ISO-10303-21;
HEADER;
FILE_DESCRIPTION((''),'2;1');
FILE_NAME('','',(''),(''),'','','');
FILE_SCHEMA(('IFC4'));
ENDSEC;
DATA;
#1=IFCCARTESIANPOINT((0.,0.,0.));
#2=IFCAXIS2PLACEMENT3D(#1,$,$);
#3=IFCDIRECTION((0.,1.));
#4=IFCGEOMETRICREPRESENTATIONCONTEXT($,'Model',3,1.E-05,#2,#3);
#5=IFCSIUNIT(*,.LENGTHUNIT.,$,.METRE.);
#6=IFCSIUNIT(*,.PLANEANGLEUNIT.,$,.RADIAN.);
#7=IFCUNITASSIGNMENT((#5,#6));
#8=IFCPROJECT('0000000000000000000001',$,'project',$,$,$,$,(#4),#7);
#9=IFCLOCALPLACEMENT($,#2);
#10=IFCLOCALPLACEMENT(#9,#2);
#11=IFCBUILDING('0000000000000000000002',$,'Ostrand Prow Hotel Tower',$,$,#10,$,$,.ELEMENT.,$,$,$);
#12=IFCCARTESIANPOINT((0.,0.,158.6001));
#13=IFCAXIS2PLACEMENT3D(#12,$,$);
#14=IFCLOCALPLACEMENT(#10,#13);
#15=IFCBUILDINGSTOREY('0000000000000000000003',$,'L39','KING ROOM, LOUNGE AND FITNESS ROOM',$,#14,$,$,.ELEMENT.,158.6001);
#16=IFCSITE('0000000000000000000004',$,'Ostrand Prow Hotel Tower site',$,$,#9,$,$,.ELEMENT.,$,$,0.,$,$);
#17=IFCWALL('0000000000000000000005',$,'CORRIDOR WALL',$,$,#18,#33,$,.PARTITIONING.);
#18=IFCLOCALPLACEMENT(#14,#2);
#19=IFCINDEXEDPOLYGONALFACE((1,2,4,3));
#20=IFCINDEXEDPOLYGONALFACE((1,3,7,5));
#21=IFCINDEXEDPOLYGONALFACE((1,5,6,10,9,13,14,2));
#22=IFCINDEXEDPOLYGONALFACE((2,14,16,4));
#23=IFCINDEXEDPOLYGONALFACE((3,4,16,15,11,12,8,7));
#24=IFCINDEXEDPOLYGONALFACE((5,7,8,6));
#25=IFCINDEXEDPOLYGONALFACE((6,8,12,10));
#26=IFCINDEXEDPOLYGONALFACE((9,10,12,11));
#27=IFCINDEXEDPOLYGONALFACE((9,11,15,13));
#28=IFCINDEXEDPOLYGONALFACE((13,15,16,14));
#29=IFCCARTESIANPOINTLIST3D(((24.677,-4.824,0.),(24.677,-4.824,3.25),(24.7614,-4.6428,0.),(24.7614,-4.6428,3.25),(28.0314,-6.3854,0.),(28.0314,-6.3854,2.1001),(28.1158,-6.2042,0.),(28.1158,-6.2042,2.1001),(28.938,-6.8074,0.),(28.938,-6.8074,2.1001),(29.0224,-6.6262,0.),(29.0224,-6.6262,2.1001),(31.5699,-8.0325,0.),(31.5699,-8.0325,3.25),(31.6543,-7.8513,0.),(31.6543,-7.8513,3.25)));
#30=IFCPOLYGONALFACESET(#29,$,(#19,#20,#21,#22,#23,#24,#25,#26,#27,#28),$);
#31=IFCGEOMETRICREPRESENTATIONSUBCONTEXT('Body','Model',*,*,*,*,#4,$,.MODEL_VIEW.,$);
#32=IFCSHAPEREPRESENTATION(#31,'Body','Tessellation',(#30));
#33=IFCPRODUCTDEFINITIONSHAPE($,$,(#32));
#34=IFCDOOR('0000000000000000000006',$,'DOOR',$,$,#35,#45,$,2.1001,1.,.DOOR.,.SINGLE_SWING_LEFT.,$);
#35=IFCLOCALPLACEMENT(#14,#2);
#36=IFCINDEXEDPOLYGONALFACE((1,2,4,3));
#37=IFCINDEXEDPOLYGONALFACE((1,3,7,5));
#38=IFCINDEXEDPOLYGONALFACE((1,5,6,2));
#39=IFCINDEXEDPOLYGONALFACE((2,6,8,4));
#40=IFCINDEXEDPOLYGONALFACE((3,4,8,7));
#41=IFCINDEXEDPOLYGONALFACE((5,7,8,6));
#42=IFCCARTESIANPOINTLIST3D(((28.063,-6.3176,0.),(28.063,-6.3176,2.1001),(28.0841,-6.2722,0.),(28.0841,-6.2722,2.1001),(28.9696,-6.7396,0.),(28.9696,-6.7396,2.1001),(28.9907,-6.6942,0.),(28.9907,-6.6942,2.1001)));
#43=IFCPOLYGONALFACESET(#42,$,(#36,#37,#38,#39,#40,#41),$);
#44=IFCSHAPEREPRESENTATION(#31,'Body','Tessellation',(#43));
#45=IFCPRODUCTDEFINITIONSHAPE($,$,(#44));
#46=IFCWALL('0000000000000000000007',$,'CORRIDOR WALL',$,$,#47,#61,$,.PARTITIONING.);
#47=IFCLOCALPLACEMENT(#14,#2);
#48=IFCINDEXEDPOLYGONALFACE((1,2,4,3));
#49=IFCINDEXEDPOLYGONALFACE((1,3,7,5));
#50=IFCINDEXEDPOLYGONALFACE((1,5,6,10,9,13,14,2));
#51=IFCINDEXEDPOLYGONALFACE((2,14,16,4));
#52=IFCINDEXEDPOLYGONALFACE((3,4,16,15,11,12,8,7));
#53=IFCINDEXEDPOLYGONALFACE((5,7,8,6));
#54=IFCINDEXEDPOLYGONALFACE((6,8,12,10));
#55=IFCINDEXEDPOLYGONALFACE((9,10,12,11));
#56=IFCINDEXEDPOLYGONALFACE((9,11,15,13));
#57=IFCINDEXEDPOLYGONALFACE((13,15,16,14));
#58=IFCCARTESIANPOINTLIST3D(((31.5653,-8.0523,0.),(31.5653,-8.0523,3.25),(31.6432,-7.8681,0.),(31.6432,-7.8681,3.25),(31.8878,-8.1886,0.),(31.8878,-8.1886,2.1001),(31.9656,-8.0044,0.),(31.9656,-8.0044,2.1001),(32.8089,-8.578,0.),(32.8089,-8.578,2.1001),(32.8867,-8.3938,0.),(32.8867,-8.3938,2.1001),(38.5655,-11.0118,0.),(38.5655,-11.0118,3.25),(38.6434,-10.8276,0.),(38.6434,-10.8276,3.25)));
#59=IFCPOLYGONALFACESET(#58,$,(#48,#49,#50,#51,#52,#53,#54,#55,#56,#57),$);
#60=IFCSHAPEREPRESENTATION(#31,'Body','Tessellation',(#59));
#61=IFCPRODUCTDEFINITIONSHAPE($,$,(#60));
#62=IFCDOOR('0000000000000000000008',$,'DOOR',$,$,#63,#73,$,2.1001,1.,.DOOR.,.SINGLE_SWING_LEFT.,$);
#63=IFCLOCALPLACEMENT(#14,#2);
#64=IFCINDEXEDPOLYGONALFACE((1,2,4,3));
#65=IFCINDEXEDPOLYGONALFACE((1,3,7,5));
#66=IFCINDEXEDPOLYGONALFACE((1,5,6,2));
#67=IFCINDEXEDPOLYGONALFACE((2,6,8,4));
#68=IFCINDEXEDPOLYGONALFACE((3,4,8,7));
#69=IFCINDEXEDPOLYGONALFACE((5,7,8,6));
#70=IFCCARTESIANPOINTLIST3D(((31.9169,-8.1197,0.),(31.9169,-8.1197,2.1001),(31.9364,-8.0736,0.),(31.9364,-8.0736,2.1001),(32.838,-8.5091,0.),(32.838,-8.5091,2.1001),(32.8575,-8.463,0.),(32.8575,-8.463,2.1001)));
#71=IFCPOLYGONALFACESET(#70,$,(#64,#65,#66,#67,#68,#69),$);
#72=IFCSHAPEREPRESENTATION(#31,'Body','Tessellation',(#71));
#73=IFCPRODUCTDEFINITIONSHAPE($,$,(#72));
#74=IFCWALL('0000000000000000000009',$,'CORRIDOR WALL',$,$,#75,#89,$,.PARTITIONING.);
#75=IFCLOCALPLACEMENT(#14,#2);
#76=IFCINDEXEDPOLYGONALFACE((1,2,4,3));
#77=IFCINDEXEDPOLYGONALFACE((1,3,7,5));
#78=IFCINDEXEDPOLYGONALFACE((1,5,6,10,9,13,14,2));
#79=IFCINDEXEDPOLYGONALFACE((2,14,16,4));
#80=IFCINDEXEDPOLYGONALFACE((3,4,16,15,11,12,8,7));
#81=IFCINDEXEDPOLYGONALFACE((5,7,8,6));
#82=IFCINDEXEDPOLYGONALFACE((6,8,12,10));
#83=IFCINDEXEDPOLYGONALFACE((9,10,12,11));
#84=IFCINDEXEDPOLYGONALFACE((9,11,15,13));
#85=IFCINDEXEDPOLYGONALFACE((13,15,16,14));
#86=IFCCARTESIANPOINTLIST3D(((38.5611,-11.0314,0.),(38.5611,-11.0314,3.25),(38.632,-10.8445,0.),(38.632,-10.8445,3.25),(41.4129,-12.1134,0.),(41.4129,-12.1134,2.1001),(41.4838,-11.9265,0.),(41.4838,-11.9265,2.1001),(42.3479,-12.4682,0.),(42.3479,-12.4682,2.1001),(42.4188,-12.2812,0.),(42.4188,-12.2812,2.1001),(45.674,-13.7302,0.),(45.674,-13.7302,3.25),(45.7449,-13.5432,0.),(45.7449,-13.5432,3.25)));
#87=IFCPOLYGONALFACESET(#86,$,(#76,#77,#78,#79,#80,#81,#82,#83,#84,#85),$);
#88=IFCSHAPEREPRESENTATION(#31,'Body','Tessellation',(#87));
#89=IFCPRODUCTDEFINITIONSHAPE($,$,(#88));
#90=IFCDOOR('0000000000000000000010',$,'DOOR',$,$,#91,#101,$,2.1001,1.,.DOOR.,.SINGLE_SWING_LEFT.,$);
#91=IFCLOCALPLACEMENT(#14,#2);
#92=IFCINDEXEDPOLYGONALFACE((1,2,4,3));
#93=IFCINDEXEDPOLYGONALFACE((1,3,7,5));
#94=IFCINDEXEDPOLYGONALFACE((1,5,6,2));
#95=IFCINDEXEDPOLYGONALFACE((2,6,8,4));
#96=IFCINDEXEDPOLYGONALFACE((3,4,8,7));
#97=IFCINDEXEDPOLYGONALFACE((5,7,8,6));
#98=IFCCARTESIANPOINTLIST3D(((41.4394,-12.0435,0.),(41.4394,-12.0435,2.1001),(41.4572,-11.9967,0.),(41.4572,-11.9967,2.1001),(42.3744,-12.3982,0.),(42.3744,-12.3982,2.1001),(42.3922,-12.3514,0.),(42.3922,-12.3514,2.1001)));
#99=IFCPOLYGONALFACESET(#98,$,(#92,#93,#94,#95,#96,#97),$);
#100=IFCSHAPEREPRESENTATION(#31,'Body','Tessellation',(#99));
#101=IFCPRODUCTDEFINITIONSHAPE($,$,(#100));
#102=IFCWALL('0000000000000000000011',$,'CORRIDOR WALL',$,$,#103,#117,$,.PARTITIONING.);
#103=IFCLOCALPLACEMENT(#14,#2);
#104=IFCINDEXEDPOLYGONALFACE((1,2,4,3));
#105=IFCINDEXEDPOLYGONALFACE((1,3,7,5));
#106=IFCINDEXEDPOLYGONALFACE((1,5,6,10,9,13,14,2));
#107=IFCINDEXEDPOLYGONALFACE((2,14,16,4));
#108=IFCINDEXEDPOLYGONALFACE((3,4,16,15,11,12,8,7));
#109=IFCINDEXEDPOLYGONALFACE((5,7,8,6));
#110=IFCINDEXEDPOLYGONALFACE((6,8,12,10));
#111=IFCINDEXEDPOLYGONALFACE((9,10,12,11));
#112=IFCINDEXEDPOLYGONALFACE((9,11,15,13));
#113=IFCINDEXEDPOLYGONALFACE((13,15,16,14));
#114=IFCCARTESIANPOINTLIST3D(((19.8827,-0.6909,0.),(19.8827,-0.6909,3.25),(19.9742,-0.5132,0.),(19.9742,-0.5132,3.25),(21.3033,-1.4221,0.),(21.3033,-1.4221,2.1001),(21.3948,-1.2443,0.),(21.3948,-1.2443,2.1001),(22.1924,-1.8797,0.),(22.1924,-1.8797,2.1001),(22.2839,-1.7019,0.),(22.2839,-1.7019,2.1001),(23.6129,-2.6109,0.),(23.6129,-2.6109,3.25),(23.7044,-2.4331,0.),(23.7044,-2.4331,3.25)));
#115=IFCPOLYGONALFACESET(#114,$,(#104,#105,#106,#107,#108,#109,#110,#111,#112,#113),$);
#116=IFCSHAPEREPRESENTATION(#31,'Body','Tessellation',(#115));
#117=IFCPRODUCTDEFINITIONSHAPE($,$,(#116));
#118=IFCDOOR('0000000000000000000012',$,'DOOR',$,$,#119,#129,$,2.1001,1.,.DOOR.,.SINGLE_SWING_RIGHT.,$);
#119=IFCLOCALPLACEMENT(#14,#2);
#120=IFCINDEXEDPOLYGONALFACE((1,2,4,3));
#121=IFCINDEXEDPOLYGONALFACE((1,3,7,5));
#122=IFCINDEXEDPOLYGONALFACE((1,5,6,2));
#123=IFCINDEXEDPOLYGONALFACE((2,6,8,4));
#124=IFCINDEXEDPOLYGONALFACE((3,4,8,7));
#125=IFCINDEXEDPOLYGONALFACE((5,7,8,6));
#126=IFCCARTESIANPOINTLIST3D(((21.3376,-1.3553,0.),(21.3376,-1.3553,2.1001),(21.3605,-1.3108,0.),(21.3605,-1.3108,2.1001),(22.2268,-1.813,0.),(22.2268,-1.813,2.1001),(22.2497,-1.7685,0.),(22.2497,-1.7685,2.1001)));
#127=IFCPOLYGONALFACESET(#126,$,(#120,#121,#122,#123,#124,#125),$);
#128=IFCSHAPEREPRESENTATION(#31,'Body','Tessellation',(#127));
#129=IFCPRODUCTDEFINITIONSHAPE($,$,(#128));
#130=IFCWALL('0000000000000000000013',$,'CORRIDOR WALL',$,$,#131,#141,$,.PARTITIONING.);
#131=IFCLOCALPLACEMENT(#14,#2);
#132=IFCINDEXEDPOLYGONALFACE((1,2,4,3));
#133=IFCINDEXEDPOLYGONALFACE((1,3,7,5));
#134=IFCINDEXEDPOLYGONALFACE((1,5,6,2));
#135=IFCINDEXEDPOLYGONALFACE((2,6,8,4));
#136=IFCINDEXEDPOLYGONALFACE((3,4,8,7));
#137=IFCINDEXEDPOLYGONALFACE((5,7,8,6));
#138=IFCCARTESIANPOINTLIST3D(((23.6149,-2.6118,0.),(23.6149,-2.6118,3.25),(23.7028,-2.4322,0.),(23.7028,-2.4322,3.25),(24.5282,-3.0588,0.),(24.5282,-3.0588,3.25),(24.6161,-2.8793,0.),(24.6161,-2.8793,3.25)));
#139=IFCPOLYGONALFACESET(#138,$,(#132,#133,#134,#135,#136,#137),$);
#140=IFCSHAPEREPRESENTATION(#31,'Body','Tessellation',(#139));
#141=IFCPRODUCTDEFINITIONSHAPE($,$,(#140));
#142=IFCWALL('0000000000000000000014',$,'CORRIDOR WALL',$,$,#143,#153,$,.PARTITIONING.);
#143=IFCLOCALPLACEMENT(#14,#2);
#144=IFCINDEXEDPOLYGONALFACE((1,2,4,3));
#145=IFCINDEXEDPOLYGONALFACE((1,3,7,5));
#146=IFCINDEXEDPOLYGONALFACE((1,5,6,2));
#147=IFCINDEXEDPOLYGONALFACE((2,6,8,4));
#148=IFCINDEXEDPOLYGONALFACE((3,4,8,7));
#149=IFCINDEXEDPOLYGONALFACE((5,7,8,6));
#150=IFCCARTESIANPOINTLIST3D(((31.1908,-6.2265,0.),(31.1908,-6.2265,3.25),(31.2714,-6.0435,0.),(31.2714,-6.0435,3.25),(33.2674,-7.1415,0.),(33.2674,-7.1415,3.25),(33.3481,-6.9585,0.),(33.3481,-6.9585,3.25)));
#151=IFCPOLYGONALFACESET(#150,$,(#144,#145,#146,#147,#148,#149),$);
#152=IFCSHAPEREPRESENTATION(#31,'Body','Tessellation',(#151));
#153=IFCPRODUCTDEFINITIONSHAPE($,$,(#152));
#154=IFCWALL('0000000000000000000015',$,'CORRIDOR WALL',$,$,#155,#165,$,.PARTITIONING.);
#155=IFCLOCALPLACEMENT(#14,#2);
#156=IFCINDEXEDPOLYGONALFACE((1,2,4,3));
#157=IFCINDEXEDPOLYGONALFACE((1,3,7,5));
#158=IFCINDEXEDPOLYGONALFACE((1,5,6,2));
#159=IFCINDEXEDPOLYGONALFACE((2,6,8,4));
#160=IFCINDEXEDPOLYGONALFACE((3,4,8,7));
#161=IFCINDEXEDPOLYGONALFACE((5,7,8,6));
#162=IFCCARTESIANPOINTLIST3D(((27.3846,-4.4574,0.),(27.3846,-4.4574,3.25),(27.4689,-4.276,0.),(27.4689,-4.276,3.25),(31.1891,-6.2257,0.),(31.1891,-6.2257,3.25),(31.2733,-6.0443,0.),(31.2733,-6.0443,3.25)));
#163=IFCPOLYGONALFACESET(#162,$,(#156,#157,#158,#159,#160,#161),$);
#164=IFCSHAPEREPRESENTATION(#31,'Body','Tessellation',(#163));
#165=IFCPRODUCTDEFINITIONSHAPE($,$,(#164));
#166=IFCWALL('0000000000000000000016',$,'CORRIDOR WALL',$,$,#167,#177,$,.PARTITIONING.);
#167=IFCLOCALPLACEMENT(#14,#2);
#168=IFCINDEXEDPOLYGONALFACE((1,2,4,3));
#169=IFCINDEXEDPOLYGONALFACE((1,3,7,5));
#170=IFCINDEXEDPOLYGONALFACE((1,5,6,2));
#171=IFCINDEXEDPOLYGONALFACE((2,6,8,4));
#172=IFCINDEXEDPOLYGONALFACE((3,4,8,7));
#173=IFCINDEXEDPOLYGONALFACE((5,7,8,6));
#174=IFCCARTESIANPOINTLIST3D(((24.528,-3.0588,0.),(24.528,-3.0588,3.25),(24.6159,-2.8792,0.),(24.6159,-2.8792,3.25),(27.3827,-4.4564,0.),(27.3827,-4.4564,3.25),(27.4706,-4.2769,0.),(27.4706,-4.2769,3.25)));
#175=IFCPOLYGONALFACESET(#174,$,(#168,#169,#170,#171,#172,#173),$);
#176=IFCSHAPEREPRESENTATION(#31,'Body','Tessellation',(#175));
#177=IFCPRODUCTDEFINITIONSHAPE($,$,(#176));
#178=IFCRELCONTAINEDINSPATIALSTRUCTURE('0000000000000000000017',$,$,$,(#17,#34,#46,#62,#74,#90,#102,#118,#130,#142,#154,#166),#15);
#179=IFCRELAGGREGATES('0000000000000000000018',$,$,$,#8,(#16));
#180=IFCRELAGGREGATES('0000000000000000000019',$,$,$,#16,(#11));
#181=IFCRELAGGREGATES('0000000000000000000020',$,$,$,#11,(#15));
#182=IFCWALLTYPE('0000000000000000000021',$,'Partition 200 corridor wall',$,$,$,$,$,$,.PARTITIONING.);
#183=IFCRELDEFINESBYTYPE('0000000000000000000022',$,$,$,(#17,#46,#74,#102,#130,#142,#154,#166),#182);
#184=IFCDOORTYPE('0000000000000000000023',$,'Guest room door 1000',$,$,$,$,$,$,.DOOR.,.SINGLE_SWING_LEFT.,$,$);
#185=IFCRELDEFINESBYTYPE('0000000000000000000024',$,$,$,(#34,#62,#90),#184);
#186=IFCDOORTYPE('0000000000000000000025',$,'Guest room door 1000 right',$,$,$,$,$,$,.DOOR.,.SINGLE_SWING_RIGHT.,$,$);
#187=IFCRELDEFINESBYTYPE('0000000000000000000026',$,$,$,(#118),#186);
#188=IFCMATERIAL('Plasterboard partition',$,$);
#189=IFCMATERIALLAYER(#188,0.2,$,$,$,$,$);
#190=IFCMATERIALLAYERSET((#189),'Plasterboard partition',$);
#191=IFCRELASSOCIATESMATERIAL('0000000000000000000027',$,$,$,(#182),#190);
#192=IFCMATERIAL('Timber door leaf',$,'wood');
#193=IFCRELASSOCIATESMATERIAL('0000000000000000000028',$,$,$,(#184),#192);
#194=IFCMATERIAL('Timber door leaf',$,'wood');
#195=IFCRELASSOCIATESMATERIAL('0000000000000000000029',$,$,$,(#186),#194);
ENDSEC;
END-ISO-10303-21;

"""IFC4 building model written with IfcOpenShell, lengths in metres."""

from ifc_helpers import new_model, si_unit, direction, frame, frame_2d, origin, place, context, subcontext, project, spatial, rectangle, extrude, material, layer, layer_set, type_object, element, fill, save


model = new_model("IFC4")

# Units and contexts
model_context = context("Model", 3, precision=1e-05, world=origin(), true_north=direction((0.0, 1.0)))
body_context = subcontext(model_context, "Body", "Model", "MODEL_VIEW")
ifc_project = project(units=[si_unit("LENGTHUNIT", "METRE"), si_unit("PLANEANGLEUNIT", "RADIAN")], contexts=[model_context])

# Site, building, storey
site_placement = place(None, origin())
site = spatial("IfcSite", under=ifc_project, at=site_placement, Name="Ostrand Prow Hotel Tower site", CompositionType="ELEMENT", RefElevation=0.0)
building_placement = place(site_placement, origin())
building = spatial("IfcBuilding", under=site, at=building_placement, Name="Ostrand Prow Hotel Tower", CompositionType="ELEMENT")
storey_placement = place(building_placement, frame((0.0, 0.0, 158.6001)))
storey = spatial("IfcBuildingStorey", under=building, at=storey_placement, Name="L39", Description="KING ROOM, LOUNGE AND FITNESS ROOM", CompositionType="ELEMENT", Elevation=158.6001)

# Walls, openings, doors
ifc_material_1 = material(Name="Plasterboard partition")
ifc_layer_1 = layer(ifc_material_1, 0.2)
ifc_layer_set_1 = layer_set([ifc_layer_1], Name="Plasterboard partition")
wall_type_1 = type_object("IfcWallType", Name="Partition 200 corridor wall", PredefinedType="PARTITIONING", material=ifc_layer_set_1)
wall_1_placement = place(storey_placement, frame((24.7192, -4.7334, 0.0), z_axis=(0.0, 0.0, 1.0), x_axis=(0.906594, -0.422005, 0.0)))
wall_1 = element("IfcWall", 1, at=wall_1_placement, inside=storey, type_object=wall_type_1, Name="CORRIDOR WALL", PredefinedType="PARTITIONING", context=body_context, shape_type="SweptSolid", body=[
    extrude(rectangle(XDim=7.603, YDim=0.2, at=frame_2d((3.8015, 0.0))), origin(), (0.0, 0.0, 1.0), 3.25),
])
opening_1_placement = place(wall_1_placement, frame((3.7, 0.0, 0.0)))
opening_1 = element("IfcOpeningElement", 2, at=opening_1_placement, cuts=wall_1, PredefinedType="OPENING", context=body_context, shape_type="SweptSolid", body=[
    extrude(rectangle(XDim=1.0, YDim=2.1001, at=frame_2d((0.5, 1.05))), frame((0.0, 0.1099, 0.0), z_axis=(0.0, -1.0, 0.0), x_axis=(1.0, 0.0, 0.0)), (0.0, 0.0, 1.0), 0.22),
])
ifc_material_2 = material(Name="Timber door leaf", Category="wood")
door_type_1 = type_object("IfcDoorType", Name="Guest room door 1000", OperationType="SINGLE_SWING_LEFT", PredefinedType="DOOR", material=ifc_material_2)
door_1_placement = place(opening_1_placement, origin())
door_1 = element("IfcDoor", 3, at=door_1_placement, inside=storey, type_object=door_type_1, Name="DOOR", OperationType="SINGLE_SWING_LEFT", OverallHeight=2.1001, OverallWidth=1.0, PredefinedType="DOOR", context=body_context, shape_type="SweptSolid", body=[
    extrude(rectangle(XDim=1.0, YDim=2.1001, at=frame_2d((0.5, 1.05))), frame((0.0, 0.0249, 0.0), z_axis=(0.0, -1.0, 0.0), x_axis=(1.0, 0.0, 0.0)), (0.0, 0.0, 1.0), 0.05),
])
fill(opening_1, door_1)
wall_2_placement = place(storey_placement, frame((31.6042, -7.9602, 0.0), z_axis=(0.0, 0.0, 1.0), x_axis=(0.92107, -0.389398, 0.0)))
wall_2 = element("IfcWall", 4, at=wall_2_placement, inside=storey, type_object=wall_type_1, Name="CORRIDOR WALL", PredefinedType="PARTITIONING", context=body_context, shape_type="SweptSolid", body=[
    extrude(rectangle(XDim=7.6001, YDim=0.2, at=frame_2d((3.8, 0.0))), origin(), (0.0, 0.0, 1.0), 3.25),
])
opening_2_placement = place(wall_2_placement, frame((0.3501, 0.0, 0.0)))
opening_2 = element("IfcOpeningElement", 5, at=opening_2_placement, cuts=wall_2, PredefinedType="OPENING", context=body_context, shape_type="SweptSolid", body=[
    extrude(rectangle(XDim=1.0, YDim=2.1001, at=frame_2d((0.5, 1.05))), frame((0.0, 0.1099, 0.0), z_axis=(0.0, -1.0, 0.0), x_axis=(1.0, 0.0, 0.0)), (0.0, 0.0, 1.0), 0.22),
])
door_2_placement = place(opening_2_placement, origin())
door_2 = element("IfcDoor", 6, at=door_2_placement, inside=storey, type_object=door_type_1, Name="DOOR", OperationType="SINGLE_SWING_LEFT", OverallHeight=2.1001, OverallWidth=1.0, PredefinedType="DOOR", context=body_context, shape_type="SweptSolid", body=[
    extrude(rectangle(XDim=1.0, YDim=2.1001, at=frame_2d((0.5, 1.05))), frame((0.0, 0.0249, 0.0), z_axis=(0.0, -1.0, 0.0), x_axis=(1.0, 0.0, 0.0)), (0.0, 0.0, 1.0), 0.05),
])
fill(opening_2, door_2)
wall_3_placement = place(storey_placement, frame((38.5967, -10.938, 0.0), z_axis=(0.0, 0.0, 1.0), x_axis=(0.934964, -0.354743, 0.0)))
wall_3 = element("IfcWall", 7, at=wall_3_placement, inside=storey, type_object=wall_type_1, Name="CORRIDOR WALL", PredefinedType="PARTITIONING", context=body_context, shape_type="SweptSolid", body=[
    extrude(rectangle(XDim=7.6077, YDim=0.2, at=frame_2d((3.8037, 0.0))), origin(), (0.0, 0.0, 1.0), 3.25),
])
opening_3_placement = place(wall_3_placement, frame((3.05, 0.0, 0.0)))
opening_3 = element("IfcOpeningElement", 8, at=opening_3_placement, cuts=wall_3, PredefinedType="OPENING", context=body_context, shape_type="SweptSolid", body=[
    extrude(rectangle(XDim=1.0, YDim=2.1001, at=frame_2d((0.5, 1.05))), frame((0.0, 0.1099, 0.0), z_axis=(0.0, -1.0, 0.0), x_axis=(1.0, 0.0, 0.0)), (0.0, 0.0, 1.0), 0.22),
])
door_3_placement = place(opening_3_placement, origin())
door_3 = element("IfcDoor", 9, at=door_3_placement, inside=storey, type_object=door_type_1, Name="DOOR", OperationType="SINGLE_SWING_LEFT", OverallHeight=2.1001, OverallWidth=1.0, PredefinedType="DOOR", context=body_context, shape_type="SweptSolid", body=[
    extrude(rectangle(XDim=1.0, YDim=2.1001, at=frame_2d((0.5, 1.05))), frame((0.0, 0.0249, 0.0), z_axis=(0.0, -1.0, 0.0), x_axis=(1.0, 0.0, 0.0)), (0.0, 0.0, 1.0), 0.05),
])
fill(opening_3, door_3)
wall_4_placement = place(storey_placement, frame((23.6587, -2.522, 0.0), z_axis=(0.0, 0.0, 1.0), x_axis=(-0.88914, 0.457635, 0.0)))
wall_4 = element("IfcWall", 10, at=wall_4_placement, inside=storey, type_object=wall_type_1, Name="CORRIDOR WALL", PredefinedType="PARTITIONING", context=body_context, shape_type="SweptSolid", body=[
    extrude(rectangle(XDim=4.1953, YDim=0.2, at=frame_2d((2.0977, 0.0))), origin(), (0.0, 0.0, 1.0), 3.25),
])
opening_4_placement = place(wall_4_placement, frame((1.5977, 0.0, 0.0)))
opening_4 = element("IfcOpeningElement", 11, at=opening_4_placement, cuts=wall_4, PredefinedType="OPENING", context=body_context, shape_type="SweptSolid", body=[
    extrude(rectangle(XDim=1.0, YDim=2.1001, at=frame_2d((0.5, 1.05))), frame((0.0, 0.1099, 0.0), z_axis=(0.0, -1.0, 0.0), x_axis=(1.0, 0.0, 0.0)), (0.0, 0.0, 1.0), 0.22),
])
ifc_material_3 = material(Name="Timber door leaf", Category="wood")
door_type_2 = type_object("IfcDoorType", Name="Guest room door 1000 right", OperationType="SINGLE_SWING_RIGHT", PredefinedType="DOOR", material=ifc_material_3)
door_4_placement = place(opening_4_placement, origin())
door_4 = element("IfcDoor", 12, at=door_4_placement, inside=storey, type_object=door_type_2, Name="DOOR", OperationType="SINGLE_SWING_RIGHT", OverallHeight=2.1001, OverallWidth=1.0, PredefinedType="DOOR", context=body_context, shape_type="SweptSolid", body=[
    extrude(rectangle(XDim=1.0, YDim=2.1001, at=frame_2d((0.5, 1.05))), frame((0.0, 0.0249, 0.0), z_axis=(0.0, -1.0, 0.0), x_axis=(1.0, 0.0, 0.0)), (0.0, 0.0, 1.0), 0.05),
])
fill(opening_4, door_4)

# Walls
wall_5_placement = place(storey_placement, frame((24.572, -2.969, 0.0), z_axis=(0.0, 0.0, 1.0), x_axis=(-0.898188, 0.439611, 0.0)))
element("IfcWall", 13, at=wall_5_placement, inside=storey, type_object=wall_type_1, Name="CORRIDOR WALL", PredefinedType="PARTITIONING", context=body_context, shape_type="SweptSolid", body=[
    extrude(rectangle(XDim=1.0168, YDim=0.2, at=frame_2d((0.5083, 0.0))), origin(), (0.0, 0.0, 1.0), 3.25),
])
wall_6_placement = place(storey_placement, frame((33.3079, -7.05, 0.0), z_axis=(0.0, 0.0, 1.0), x_axis=(-0.915102, 0.403222, 0.0)))
element("IfcWall", 14, at=wall_6_placement, inside=storey, type_object=wall_type_1, Name="CORRIDOR WALL", PredefinedType="PARTITIONING", context=body_context, shape_type="SweptSolid", body=[
    extrude(rectangle(XDim=2.2693, YDim=0.2, at=frame_2d((1.1348, 0.0))), origin(), (0.0, 0.0, 1.0), 3.25),
])
wall_7_placement = place(storey_placement, frame((31.2312, -6.135, 0.0), z_axis=(0.0, 0.0, 1.0), x_axis=(-0.90683, 0.421496, 0.0)))
element("IfcWall", 15, at=wall_7_placement, inside=storey, type_object=wall_type_1, Name="CORRIDOR WALL", PredefinedType="PARTITIONING", context=body_context, shape_type="SweptSolid", body=[
    extrude(rectangle(XDim=4.1953, YDim=0.2, at=frame_2d((2.0977, 0.0))), origin(), (0.0, 0.0, 1.0), 3.25),
])
wall_8_placement = place(storey_placement, frame((27.4268, -4.3667, 0.0), z_axis=(0.0, 0.0, 1.0), x_axis=(-0.898129, 0.439732, 0.0)))
element("IfcWall", 16, at=wall_8_placement, inside=storey, type_object=wall_type_1, Name="CORRIDOR WALL", PredefinedType="PARTITIONING", context=body_context, shape_type="SweptSolid", body=[
    extrude(rectangle(XDim=3.1785, YDim=0.2, at=frame_2d((1.5894, 0.0))), origin(), (0.0, 0.0, 1.0), 3.25),
])

save(model, "model.ifc")
